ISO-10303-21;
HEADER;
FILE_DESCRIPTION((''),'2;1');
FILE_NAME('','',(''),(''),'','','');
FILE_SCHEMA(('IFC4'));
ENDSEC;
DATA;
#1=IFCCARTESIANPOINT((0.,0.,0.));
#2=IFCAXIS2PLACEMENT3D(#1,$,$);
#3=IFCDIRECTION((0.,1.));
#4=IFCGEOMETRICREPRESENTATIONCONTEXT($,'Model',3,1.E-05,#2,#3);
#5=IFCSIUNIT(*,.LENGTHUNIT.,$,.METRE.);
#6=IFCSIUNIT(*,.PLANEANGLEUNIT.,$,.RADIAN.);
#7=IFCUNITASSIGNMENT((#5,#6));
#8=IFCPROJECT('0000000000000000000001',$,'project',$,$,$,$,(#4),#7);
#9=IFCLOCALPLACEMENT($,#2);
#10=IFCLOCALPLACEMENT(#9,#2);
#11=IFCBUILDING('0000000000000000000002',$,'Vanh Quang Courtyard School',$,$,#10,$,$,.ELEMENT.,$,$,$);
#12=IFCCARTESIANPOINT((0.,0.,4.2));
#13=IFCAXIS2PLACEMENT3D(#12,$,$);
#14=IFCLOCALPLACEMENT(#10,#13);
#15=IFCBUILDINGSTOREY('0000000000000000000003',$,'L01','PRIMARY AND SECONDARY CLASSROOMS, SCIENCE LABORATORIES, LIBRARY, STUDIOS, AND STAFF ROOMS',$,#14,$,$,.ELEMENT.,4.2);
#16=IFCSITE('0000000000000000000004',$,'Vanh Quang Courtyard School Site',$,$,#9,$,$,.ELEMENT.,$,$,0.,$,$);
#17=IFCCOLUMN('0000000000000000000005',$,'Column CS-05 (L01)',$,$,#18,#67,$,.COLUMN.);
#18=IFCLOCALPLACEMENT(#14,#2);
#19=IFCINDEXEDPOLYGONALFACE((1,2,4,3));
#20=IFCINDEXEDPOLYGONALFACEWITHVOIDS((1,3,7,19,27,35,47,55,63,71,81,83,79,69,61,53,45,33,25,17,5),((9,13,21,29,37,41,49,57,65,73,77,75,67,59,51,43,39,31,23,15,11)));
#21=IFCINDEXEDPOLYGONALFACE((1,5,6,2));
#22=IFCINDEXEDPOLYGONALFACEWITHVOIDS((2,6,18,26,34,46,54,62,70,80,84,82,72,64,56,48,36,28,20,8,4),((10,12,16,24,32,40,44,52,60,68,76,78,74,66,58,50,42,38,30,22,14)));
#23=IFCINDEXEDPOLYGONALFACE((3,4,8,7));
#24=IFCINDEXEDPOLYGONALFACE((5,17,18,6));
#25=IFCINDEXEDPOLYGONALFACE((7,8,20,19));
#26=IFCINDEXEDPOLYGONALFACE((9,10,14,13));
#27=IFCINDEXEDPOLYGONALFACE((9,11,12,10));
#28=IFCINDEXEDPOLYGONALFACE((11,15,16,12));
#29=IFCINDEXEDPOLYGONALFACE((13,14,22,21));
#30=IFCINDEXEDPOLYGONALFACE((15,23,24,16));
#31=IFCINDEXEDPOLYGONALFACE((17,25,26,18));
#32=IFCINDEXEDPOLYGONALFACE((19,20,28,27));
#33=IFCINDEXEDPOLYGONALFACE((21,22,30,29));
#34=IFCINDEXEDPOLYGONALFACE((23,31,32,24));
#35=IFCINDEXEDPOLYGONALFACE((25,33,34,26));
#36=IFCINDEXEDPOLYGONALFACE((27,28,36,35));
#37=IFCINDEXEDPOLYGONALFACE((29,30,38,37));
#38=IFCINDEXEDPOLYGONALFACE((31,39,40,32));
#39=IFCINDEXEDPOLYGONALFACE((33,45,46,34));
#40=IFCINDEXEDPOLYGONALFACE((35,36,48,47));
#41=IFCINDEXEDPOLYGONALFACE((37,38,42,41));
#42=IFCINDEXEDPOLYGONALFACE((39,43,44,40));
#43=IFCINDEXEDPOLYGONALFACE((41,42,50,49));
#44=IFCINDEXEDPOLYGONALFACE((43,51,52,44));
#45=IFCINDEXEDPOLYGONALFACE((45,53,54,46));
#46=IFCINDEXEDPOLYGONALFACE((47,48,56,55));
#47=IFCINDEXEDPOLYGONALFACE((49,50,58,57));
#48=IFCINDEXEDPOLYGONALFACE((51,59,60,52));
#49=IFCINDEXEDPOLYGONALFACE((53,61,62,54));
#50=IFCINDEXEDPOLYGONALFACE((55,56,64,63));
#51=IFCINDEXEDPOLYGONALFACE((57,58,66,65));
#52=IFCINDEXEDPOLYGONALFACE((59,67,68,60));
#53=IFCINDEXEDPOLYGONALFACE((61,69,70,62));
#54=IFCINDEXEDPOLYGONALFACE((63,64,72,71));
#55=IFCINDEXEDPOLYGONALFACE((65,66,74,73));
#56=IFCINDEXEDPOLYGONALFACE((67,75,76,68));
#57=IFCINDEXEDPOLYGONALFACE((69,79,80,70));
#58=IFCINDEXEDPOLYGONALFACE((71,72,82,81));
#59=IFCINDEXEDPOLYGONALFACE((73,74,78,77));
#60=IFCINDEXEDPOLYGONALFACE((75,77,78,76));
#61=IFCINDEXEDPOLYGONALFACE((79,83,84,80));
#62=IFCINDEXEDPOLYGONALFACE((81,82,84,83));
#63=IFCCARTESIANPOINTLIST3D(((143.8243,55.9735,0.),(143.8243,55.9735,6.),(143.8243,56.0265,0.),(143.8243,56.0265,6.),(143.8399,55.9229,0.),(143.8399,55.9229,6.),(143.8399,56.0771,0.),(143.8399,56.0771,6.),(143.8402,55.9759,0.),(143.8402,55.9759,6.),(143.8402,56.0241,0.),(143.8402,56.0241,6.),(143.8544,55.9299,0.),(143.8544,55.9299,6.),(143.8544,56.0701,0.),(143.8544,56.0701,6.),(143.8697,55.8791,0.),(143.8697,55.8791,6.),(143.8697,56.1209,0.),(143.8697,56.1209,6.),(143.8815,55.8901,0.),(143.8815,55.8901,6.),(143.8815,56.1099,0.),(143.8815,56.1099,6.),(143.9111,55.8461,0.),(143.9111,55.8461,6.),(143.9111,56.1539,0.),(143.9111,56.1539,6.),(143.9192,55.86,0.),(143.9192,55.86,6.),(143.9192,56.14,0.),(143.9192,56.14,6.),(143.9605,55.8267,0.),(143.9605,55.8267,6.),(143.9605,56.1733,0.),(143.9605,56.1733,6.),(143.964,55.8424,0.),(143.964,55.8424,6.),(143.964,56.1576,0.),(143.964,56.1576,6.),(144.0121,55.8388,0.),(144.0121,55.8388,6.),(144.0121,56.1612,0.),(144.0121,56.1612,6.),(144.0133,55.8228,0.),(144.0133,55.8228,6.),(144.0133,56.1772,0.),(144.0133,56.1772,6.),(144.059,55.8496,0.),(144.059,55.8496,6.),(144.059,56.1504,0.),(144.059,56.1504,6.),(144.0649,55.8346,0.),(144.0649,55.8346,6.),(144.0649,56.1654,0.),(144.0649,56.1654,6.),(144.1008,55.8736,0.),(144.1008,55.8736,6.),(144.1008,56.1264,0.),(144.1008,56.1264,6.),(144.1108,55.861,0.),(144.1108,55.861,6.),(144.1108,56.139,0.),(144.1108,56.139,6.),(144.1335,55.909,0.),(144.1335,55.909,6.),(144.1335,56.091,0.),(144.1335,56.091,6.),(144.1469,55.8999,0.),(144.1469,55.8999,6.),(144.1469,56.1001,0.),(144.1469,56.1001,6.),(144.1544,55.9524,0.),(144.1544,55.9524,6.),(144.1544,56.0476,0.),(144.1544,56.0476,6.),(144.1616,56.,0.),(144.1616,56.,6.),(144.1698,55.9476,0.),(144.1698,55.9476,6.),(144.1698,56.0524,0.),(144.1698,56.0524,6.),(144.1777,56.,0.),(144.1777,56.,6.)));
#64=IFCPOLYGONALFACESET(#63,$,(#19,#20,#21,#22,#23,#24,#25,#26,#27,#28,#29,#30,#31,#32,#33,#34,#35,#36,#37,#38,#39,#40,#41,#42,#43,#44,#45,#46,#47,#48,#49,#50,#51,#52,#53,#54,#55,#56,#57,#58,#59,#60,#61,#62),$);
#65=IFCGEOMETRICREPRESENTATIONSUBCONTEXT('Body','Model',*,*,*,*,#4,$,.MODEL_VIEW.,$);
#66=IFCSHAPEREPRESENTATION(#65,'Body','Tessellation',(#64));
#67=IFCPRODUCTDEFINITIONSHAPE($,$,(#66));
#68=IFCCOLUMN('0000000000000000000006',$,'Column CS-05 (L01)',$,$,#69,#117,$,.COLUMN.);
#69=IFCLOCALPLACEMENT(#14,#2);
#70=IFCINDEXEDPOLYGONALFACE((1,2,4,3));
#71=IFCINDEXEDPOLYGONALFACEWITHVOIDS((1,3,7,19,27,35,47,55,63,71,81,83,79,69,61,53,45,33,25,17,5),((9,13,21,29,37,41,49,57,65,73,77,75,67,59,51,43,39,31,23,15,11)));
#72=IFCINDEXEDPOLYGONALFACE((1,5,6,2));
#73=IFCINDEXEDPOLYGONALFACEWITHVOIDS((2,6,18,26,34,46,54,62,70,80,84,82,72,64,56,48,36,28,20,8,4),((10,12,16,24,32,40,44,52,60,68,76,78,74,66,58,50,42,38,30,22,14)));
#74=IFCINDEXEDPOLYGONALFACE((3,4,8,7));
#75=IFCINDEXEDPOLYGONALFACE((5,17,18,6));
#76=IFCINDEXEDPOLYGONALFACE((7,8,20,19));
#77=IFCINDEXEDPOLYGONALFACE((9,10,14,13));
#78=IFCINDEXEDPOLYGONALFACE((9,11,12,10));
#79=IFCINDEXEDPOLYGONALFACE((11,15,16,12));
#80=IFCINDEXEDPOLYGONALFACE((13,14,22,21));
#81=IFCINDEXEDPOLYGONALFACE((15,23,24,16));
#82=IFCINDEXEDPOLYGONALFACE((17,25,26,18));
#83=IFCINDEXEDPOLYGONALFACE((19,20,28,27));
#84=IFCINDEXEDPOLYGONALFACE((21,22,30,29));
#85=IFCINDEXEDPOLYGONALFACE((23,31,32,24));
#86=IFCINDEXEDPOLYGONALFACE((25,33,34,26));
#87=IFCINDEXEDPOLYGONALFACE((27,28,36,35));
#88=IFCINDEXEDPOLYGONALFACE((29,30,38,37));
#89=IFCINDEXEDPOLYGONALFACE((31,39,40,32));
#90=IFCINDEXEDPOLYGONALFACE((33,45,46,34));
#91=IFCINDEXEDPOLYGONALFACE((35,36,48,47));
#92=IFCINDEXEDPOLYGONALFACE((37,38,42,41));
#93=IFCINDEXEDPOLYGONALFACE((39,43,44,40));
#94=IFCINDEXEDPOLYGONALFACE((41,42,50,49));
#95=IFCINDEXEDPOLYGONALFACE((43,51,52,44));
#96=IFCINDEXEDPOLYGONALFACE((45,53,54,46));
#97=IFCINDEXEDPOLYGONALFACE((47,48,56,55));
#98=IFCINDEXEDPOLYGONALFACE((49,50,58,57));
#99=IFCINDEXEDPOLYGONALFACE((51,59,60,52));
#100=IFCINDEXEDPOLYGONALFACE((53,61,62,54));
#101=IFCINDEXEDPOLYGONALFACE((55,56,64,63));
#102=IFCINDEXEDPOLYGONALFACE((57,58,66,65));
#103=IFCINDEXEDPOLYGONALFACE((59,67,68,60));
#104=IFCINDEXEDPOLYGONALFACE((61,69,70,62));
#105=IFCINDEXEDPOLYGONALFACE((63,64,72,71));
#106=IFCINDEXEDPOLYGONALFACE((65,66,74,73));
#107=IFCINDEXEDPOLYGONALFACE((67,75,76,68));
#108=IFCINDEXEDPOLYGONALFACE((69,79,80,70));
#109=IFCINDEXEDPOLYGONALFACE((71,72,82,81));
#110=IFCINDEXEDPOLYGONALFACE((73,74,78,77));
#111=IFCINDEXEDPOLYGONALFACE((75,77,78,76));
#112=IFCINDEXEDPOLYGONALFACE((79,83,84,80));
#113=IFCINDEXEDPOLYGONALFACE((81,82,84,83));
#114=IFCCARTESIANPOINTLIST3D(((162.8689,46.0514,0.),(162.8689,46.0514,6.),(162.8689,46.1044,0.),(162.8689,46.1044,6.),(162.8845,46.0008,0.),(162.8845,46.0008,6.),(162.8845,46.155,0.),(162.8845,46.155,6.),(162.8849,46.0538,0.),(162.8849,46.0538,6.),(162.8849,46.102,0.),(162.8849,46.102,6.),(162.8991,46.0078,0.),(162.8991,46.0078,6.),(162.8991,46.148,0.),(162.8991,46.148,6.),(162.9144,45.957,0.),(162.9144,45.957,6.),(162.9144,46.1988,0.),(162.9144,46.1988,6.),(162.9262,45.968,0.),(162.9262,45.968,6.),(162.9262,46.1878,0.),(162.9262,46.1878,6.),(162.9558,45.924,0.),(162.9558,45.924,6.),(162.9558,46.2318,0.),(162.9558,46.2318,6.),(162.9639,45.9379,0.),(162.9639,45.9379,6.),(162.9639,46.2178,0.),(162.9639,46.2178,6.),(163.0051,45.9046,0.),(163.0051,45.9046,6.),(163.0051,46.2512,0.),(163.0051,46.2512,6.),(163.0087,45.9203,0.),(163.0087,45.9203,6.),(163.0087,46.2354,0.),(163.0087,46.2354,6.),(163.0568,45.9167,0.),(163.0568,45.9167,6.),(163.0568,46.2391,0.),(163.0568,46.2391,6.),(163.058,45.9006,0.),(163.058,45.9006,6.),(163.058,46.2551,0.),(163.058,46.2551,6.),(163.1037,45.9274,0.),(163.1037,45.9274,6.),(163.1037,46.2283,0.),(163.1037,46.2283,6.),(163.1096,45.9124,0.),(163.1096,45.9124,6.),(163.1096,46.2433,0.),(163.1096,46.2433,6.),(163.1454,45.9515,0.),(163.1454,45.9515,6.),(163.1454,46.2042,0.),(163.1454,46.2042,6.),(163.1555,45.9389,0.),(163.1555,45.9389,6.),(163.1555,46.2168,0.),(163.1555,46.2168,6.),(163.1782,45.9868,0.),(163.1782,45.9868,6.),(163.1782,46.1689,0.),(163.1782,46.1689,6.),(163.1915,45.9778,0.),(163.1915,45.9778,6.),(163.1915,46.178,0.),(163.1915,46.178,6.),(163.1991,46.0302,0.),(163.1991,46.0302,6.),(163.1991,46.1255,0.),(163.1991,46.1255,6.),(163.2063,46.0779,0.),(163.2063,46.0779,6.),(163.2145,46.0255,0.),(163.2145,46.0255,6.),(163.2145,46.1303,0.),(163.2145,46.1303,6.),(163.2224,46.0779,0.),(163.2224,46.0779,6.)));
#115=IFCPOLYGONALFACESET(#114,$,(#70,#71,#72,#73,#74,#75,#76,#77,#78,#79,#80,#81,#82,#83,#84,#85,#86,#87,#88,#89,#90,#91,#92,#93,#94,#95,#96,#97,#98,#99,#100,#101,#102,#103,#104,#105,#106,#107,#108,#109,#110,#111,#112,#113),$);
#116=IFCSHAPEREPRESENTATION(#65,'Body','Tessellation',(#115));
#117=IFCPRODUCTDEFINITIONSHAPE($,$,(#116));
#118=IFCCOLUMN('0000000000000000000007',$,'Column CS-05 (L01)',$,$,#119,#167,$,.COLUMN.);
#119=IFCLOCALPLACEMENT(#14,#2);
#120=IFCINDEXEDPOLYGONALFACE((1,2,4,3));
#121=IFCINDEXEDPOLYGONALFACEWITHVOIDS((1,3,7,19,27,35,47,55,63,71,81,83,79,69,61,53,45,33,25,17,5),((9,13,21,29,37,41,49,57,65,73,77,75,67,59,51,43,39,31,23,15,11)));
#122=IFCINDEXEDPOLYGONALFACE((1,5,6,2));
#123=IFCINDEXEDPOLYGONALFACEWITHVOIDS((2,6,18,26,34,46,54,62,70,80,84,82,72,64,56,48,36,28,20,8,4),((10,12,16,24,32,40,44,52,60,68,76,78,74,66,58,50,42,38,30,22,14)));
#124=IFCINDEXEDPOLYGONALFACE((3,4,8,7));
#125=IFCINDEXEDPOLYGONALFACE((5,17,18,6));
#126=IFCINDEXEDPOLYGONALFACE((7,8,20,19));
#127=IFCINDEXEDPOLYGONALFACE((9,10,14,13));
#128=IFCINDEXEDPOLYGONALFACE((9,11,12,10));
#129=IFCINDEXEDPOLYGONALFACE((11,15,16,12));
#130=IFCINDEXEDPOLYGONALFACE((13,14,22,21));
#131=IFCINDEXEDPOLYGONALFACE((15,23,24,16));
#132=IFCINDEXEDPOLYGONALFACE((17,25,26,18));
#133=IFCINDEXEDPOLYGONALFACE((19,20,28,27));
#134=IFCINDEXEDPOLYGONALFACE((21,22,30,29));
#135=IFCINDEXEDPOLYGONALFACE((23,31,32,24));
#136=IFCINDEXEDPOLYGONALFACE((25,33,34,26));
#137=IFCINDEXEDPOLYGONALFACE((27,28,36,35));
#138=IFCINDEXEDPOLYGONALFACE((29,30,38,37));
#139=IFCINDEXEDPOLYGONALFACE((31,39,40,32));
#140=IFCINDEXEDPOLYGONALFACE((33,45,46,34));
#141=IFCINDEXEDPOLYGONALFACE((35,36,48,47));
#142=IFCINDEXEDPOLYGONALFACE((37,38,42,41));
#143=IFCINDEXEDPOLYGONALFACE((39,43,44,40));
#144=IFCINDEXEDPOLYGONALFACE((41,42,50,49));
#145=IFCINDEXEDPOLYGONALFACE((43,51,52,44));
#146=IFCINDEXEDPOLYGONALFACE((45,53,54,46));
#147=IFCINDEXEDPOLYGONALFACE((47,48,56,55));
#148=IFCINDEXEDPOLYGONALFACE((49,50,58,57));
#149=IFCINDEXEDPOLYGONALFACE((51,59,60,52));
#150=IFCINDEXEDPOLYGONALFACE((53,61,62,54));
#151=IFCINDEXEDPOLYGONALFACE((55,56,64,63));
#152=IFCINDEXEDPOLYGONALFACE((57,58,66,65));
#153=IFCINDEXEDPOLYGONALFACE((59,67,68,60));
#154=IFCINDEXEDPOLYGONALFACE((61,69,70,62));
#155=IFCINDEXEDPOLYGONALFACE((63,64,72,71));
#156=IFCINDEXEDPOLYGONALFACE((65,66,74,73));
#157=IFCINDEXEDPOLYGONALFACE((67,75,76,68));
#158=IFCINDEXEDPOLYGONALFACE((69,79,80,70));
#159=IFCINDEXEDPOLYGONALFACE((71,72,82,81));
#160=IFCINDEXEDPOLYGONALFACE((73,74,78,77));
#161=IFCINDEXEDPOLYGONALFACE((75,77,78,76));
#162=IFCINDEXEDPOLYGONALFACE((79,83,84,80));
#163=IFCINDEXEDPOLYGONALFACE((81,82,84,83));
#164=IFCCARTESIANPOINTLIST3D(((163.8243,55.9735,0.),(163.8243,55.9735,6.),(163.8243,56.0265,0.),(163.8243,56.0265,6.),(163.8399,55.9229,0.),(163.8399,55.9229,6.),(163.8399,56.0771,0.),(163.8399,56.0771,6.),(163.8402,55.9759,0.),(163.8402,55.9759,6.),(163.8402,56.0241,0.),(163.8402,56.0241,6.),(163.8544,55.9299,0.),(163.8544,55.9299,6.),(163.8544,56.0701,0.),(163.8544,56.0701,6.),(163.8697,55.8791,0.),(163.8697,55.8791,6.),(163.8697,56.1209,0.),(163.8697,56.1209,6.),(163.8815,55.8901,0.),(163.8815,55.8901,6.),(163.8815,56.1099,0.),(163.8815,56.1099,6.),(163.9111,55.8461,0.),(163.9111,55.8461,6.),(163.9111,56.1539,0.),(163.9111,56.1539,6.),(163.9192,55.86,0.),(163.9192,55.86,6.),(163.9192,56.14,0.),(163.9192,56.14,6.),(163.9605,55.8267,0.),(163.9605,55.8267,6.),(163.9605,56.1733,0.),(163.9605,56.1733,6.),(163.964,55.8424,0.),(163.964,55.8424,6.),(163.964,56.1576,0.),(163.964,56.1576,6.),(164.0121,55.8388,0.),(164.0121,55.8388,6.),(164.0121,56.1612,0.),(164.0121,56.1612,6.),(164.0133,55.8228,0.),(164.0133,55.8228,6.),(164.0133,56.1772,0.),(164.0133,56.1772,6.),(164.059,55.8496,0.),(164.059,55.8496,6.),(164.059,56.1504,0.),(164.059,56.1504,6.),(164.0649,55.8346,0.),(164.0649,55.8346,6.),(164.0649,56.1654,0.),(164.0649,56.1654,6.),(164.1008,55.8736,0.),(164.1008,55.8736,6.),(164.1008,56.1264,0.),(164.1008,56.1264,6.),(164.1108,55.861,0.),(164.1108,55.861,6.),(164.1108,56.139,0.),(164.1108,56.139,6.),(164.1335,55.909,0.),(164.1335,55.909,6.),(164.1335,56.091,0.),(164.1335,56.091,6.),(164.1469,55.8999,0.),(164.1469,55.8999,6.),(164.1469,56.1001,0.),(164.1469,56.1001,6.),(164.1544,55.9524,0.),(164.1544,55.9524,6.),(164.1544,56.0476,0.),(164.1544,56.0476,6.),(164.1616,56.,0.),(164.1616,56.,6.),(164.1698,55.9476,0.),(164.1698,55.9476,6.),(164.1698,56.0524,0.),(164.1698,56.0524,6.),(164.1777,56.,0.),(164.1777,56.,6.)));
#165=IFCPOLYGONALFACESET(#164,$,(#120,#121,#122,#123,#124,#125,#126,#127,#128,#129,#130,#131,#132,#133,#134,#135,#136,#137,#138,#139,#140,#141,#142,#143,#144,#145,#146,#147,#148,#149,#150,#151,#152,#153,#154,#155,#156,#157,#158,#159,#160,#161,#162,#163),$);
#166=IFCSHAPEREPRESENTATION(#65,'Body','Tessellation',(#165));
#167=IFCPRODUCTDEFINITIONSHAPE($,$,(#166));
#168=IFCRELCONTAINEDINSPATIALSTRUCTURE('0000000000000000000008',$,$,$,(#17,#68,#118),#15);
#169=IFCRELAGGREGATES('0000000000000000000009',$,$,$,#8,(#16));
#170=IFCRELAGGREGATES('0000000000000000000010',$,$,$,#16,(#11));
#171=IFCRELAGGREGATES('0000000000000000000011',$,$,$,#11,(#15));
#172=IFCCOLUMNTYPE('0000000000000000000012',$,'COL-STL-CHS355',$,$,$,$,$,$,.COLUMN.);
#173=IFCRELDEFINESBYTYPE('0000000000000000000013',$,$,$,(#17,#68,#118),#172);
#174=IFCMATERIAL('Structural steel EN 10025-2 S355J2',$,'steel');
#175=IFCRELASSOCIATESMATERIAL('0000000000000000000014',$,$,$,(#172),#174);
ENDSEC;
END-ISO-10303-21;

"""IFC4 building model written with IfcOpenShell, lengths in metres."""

from ifc_helpers import new_model, si_unit, direction, frame, origin, origin_2d, place, context, subcontext, project, spatial, hollow_circle, extrude, material, material_profile, profile_set, type_object, element, save


model = new_model("IFC4")

# Units and contexts
model_context = context("Model", 3, precision=1e-05, world=origin(), true_north=direction((0.0, 1.0)))
body_context = subcontext(model_context, "Body", "Model", "MODEL_VIEW")
ifc_project = project(units=[si_unit("LENGTHUNIT", "METRE"), si_unit("PLANEANGLEUNIT", "RADIAN")], contexts=[model_context])

# Site, building, storey
site_placement = place(None, origin())
site = spatial("IfcSite", under=ifc_project, at=site_placement, Name="Vanh Quang Courtyard School Site", CompositionType="ELEMENT", RefElevation=0.0)
building_placement = place(site_placement, origin())
building = spatial("IfcBuilding", under=site, at=building_placement, Name="Vanh Quang Courtyard School", CompositionType="ELEMENT")
storey_placement = place(building_placement, frame((0.0, 0.0, 4.2)))
storey = spatial("IfcBuildingStorey", under=building, at=storey_placement, Name="L01", Description="PRIMARY AND SECONDARY CLASSROOMS, SCIENCE LABORATORIES, LIBRARY, STUDIOS, AND STAFF ROOMS", CompositionType="ELEMENT", Elevation=4.2)

# Columns
ifc_material_1 = material(Name="Structural steel EN 10025-2 S355J2", Category="steel")
ifc_material_profile_1 = material_profile(ifc_material_1, hollow_circle(Radius=0.1777, WallThickness=0.0161, at=origin_2d()), Name="CHS 355.6x16")
ifc_profile_set_1 = profile_set([ifc_material_profile_1], Name="Structural steel EN 10025-2 S355J2")
column_type_1 = type_object("IfcColumnType", Name="COL-STL-CHS355", PredefinedType="COLUMN", material=ifc_profile_set_1)
for number, where, z_axis, x_axis, name in (
    (1, (144.0, 56.0, 0.0), (0.0, 0.0, 1.0), (1.0, 0.0, 0.0), "Column CS-05 (L01)"),
    (2, (163.0447, 46.0779, 0.0), (0.0, 0.0, 1.0), (1.0, 0.0, 0.0), "Column CS-05 (L01)"),
    (3, (164.0, 56.0, 0.0), (0.0, 0.0, 1.0), (1.0, 0.0, 0.0), "Column CS-05 (L01)"),
):
    element("IfcColumn", number, at=place(storey_placement, frame(where, z_axis=z_axis, x_axis=x_axis)), inside=storey, type_object=column_type_1, Name=name, PredefinedType="COLUMN", context=body_context, shape_type="SweptSolid", body=[
        extrude(hollow_circle(Radius=0.1777, WallThickness=0.0161, at=origin_2d()), origin(), (0.0, 0.0, 1.0), 6.0),
    ])

save(model, "model.ifc")
